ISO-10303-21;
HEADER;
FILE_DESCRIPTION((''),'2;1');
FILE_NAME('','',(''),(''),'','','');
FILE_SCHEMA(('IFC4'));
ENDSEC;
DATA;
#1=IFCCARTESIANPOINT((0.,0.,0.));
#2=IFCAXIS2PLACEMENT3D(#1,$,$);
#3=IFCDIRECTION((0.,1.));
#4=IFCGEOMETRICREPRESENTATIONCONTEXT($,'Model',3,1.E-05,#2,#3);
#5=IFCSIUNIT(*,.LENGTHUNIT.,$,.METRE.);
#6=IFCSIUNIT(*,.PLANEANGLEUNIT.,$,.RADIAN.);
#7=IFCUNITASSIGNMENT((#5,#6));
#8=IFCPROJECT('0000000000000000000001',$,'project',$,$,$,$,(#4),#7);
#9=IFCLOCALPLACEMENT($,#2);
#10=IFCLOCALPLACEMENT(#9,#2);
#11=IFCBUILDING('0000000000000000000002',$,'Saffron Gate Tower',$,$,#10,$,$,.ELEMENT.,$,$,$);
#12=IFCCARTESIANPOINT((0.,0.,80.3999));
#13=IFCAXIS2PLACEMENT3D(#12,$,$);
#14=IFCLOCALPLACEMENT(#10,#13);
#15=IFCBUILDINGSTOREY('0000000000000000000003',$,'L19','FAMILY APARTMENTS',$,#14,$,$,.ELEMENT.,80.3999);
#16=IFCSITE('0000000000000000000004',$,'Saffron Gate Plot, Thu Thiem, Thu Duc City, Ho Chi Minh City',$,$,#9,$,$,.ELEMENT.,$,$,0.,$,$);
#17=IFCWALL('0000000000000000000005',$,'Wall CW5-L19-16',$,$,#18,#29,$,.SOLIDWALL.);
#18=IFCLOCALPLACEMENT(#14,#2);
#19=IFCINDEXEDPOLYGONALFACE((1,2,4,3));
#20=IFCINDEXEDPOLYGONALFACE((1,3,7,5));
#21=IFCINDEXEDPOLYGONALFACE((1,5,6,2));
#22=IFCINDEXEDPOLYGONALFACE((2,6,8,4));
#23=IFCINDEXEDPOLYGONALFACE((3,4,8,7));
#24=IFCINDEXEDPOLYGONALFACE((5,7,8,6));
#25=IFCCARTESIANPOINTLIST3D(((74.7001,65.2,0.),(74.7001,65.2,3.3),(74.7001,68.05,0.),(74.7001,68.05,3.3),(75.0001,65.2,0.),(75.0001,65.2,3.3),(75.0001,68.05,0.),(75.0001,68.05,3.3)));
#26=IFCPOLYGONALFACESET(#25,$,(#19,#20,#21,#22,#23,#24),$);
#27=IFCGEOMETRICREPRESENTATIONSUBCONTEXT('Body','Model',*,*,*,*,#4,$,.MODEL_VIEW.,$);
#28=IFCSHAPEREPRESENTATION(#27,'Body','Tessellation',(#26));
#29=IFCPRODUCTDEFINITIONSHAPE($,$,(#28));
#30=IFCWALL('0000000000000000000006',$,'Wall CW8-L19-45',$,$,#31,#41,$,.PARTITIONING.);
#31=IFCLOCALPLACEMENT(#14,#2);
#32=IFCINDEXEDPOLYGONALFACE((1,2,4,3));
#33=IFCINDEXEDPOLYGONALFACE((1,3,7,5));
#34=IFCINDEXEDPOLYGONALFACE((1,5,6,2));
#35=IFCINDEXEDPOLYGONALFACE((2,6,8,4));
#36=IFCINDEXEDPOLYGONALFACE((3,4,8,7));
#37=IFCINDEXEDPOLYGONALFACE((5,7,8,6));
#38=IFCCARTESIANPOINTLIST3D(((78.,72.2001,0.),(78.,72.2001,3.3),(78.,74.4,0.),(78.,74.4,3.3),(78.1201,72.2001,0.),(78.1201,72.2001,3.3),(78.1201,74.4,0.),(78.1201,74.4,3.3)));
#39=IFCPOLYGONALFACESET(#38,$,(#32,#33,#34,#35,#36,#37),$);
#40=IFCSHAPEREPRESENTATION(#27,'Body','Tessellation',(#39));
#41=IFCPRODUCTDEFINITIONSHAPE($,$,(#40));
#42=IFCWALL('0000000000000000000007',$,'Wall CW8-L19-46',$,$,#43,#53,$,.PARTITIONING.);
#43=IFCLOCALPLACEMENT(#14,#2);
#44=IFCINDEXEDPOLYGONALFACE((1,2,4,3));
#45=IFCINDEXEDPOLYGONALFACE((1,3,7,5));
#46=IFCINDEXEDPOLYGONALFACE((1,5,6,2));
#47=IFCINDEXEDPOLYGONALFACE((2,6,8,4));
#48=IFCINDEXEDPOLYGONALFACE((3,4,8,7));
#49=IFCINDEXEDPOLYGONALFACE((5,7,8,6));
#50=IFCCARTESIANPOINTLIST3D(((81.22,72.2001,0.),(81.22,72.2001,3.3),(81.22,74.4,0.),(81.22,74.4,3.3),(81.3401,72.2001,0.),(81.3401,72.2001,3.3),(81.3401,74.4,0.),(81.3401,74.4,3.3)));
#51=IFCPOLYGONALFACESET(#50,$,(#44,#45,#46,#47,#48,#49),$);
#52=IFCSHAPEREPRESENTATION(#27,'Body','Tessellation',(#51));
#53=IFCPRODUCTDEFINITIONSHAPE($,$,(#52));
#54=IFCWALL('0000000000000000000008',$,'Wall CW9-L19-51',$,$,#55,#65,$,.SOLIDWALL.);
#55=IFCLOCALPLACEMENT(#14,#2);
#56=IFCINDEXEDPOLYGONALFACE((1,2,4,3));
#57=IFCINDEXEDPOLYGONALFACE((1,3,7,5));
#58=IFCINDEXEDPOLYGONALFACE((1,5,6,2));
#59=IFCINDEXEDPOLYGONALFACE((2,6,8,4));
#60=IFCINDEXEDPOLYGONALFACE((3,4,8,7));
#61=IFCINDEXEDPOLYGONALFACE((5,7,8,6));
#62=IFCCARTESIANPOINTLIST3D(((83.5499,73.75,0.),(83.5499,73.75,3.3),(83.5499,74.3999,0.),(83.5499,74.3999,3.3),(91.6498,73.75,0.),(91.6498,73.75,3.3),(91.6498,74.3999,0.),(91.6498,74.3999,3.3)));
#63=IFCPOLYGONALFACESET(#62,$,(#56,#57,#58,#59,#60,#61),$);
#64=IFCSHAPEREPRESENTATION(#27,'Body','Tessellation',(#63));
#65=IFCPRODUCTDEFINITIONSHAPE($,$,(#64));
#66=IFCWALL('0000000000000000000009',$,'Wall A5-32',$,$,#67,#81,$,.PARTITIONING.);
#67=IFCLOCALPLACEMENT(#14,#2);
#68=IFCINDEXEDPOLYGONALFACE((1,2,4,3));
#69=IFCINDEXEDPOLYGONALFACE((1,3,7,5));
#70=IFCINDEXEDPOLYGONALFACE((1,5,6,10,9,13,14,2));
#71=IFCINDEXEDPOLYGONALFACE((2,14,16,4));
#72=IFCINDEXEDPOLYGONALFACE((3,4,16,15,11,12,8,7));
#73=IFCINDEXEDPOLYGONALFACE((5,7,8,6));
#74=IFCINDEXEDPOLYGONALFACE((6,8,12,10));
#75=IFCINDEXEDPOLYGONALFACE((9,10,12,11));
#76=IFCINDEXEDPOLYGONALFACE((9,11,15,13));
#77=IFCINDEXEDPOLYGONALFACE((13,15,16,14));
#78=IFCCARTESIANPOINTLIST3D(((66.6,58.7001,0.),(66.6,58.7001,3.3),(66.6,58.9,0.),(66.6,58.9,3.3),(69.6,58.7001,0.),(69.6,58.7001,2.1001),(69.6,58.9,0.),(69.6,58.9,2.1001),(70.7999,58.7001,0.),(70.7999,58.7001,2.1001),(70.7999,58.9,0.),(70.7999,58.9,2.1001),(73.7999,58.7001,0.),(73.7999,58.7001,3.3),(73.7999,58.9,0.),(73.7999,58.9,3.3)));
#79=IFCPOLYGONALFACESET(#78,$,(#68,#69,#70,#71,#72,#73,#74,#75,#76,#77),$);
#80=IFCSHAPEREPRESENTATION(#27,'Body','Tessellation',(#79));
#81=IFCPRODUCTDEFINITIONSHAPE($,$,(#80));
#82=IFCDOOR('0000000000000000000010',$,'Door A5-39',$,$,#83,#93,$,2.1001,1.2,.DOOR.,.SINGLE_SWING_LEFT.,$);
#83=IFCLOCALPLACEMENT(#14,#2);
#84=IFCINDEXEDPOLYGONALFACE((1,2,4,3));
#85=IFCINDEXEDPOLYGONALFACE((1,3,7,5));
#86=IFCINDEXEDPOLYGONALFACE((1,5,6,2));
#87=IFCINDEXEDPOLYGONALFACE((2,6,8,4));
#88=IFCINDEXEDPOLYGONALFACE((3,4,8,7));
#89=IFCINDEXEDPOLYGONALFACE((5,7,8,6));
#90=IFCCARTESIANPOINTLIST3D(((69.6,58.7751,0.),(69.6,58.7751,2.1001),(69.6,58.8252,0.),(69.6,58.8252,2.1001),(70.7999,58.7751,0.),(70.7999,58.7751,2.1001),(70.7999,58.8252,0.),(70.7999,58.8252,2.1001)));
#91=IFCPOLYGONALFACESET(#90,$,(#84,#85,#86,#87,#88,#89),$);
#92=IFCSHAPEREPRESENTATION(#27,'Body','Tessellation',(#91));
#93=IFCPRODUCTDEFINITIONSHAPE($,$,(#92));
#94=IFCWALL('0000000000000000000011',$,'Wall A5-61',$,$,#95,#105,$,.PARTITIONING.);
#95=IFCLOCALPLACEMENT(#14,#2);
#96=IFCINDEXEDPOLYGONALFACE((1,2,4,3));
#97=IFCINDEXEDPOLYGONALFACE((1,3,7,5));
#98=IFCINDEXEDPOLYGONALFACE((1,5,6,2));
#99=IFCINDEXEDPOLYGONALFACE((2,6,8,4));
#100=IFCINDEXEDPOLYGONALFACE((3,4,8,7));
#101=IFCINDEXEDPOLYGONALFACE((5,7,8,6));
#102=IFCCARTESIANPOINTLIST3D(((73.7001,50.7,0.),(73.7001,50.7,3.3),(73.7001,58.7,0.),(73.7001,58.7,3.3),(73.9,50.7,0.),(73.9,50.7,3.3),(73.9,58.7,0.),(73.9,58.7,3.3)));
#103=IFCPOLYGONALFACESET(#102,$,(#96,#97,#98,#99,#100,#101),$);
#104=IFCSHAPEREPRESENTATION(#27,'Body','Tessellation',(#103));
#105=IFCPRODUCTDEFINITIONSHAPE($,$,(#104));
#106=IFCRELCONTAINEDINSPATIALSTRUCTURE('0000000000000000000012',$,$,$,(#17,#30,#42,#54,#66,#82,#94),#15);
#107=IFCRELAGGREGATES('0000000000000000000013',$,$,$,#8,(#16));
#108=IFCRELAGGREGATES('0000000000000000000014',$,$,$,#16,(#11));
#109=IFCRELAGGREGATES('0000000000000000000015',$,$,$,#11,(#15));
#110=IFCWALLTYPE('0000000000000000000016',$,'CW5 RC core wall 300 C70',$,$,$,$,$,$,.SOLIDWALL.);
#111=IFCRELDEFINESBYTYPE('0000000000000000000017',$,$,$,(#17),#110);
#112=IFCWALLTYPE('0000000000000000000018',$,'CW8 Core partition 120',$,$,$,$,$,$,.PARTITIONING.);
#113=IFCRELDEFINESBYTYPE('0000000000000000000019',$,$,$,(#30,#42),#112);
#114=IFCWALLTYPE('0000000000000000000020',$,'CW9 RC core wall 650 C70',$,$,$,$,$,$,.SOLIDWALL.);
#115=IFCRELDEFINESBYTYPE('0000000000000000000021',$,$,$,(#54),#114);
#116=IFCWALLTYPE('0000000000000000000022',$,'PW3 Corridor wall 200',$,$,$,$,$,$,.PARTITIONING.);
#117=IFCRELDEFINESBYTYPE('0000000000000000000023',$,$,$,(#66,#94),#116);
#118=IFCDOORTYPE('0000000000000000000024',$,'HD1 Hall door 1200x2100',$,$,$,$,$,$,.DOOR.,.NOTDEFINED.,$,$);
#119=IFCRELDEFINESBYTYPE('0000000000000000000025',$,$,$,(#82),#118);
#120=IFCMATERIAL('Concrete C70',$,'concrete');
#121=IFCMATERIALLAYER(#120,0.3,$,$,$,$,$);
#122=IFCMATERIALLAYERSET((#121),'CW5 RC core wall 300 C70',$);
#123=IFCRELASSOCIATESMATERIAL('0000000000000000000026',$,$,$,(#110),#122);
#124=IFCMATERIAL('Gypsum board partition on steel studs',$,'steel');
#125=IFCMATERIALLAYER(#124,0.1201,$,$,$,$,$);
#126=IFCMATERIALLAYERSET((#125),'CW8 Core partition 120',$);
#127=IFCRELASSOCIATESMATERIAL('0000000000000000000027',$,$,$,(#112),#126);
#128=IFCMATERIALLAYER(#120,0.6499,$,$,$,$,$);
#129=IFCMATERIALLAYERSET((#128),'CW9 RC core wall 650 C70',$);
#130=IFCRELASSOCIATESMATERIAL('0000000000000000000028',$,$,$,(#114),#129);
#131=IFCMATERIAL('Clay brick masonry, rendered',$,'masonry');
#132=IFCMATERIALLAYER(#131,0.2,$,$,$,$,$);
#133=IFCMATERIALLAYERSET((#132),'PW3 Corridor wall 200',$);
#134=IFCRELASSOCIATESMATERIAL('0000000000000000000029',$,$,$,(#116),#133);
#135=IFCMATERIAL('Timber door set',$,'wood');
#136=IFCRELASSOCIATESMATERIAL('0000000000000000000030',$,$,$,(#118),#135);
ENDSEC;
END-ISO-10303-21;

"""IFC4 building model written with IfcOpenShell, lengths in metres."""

from ifc_helpers import new_model, si_unit, direction, frame, frame_2d, origin, place, context, subcontext, project, spatial, rectangle, extrude, material, layer, layer_set, type_object, element, fill, save


model = new_model("IFC4")

# Units and contexts
model_context = context("Model", 3, precision=1e-05, world=origin(), true_north=direction((0.0, 1.0)))
body_context = subcontext(model_context, "Body", "Model", "MODEL_VIEW")
ifc_project = project(units=[si_unit("LENGTHUNIT", "METRE"), si_unit("PLANEANGLEUNIT", "RADIAN")], contexts=[model_context])

# Site, building, storey
site_placement = place(None, origin())
site = spatial("IfcSite", under=ifc_project, at=site_placement, Name="Saffron Gate Plot, Thu Thiem, Thu Duc City, Ho Chi Minh City", CompositionType="ELEMENT", RefElevation=0.0)
building_placement = place(site_placement, origin())
building = spatial("IfcBuilding", under=site, at=building_placement, Name="Saffron Gate Tower", CompositionType="ELEMENT")
storey_placement = place(building_placement, frame((0.0, 0.0, 80.3999)))
storey = spatial("IfcBuildingStorey", under=building, at=storey_placement, Name="L19", Description="FAMILY APARTMENTS", CompositionType="ELEMENT", Elevation=80.3999)

# Shared definitions
ifc_material_1 = material(Name="Concrete C70", Category="concrete")

# Walls
ifc_layer_1 = layer(ifc_material_1, 0.3)
ifc_layer_set_1 = layer_set([ifc_layer_1], Name="CW5 RC core wall 300 C70")
wall_type_1 = type_object("IfcWallType", Name="CW5 RC core wall 300 C70", PredefinedType="SOLIDWALL", material=ifc_layer_set_1)
wall_1_placement = place(storey_placement, frame((74.8501, 65.2, 0.0), z_axis=(0.0, 0.0, 1.0), x_axis=(0.0, 1.0, 0.0)))
element("IfcWall", 1, at=wall_1_placement, inside=storey, type_object=wall_type_1, Name="Wall CW5-L19-16", PredefinedType="SOLIDWALL", context=body_context, shape_type="SweptSolid", body=[
    extrude(rectangle(XDim=2.8501, YDim=0.3, at=frame_2d((1.425, 0.0))), origin(), (0.0, 0.0, 1.0), 3.3),
])
ifc_material_2 = material(Name="Gypsum board partition on steel studs", Category="steel")
ifc_layer_2 = layer(ifc_material_2, 0.1201)
ifc_layer_set_2 = layer_set([ifc_layer_2], Name="CW8 Core partition 120")
wall_type_2 = type_object("IfcWallType", Name="CW8 Core partition 120", PredefinedType="PARTITIONING", material=ifc_layer_set_2)
for number, where, z_axis, x_axis, name in (
    (2, (78.0601, 72.2, 0.0), (0.0, 0.0, 1.0), (0.0, 1.0, 0.0), "Wall CW8-L19-45"),
    (3, (81.28, 72.2, 0.0), (0.0, 0.0, 1.0), (0.0, 1.0, 0.0), "Wall CW8-L19-46"),
):
    element("IfcWall", number, at=place(storey_placement, frame(where, z_axis=z_axis, x_axis=x_axis)), inside=storey, type_object=wall_type_2, Name=name, PredefinedType="PARTITIONING", context=body_context, shape_type="SweptSolid", body=[
        extrude(rectangle(XDim=2.2, YDim=0.1201, at=frame_2d((1.1001, 0.0))), origin(), (0.0, 0.0, 1.0), 3.3),
    ])
ifc_layer_3 = layer(ifc_material_1, 0.6499)
ifc_layer_set_3 = layer_set([ifc_layer_3], Name="CW9 RC core wall 650 C70")
wall_type_3 = type_object("IfcWallType", Name="CW9 RC core wall 650 C70", PredefinedType="SOLIDWALL", material=ifc_layer_set_3)
wall_2_placement = place(storey_placement, frame((83.55, 74.075, 0.0), z_axis=(0.0, 0.0, 1.0), x_axis=(1.0, 0.0, 0.0)))
element("IfcWall", 4, at=wall_2_placement, inside=storey, type_object=wall_type_3, Name="Wall CW9-L19-51", PredefinedType="SOLIDWALL", context=body_context, shape_type="SweptSolid", body=[
    extrude(rectangle(XDim=8.0999, YDim=0.6499, at=frame_2d((4.0498, 0.0))), origin(), (0.0, 0.0, 1.0), 3.3),
])

# Wall, opening, door
ifc_material_3 = material(Name="Clay brick masonry, rendered", Category="masonry")
ifc_layer_4 = layer(ifc_material_3, 0.2)
ifc_layer_set_4 = layer_set([ifc_layer_4], Name="PW3 Corridor wall 200")
wall_type_4 = type_object("IfcWallType", Name="PW3 Corridor wall 200", PredefinedType="PARTITIONING", material=ifc_layer_set_4)
wall_3_placement = place(storey_placement, frame((73.8, 58.8, 0.0), z_axis=(0.0, 0.0, 1.0), x_axis=(-1.0, 0.0, 0.0)))
wall_3 = element("IfcWall", 5, at=wall_3_placement, inside=storey, type_object=wall_type_4, Name="Wall A5-32", PredefinedType="PARTITIONING", context=body_context, shape_type="SweptSolid", body=[
    extrude(rectangle(XDim=7.2, YDim=0.2, at=frame_2d((3.6001, 0.0))), origin(), (0.0, 0.0, 1.0), 3.3),
])
opening_1_placement = place(wall_3_placement, frame((3.0, 0.0, 0.0)))
opening_1 = element("IfcOpeningElement", 6, at=opening_1_placement, cuts=wall_3, PredefinedType="OPENING", context=body_context, shape_type="SweptSolid", body=[
    extrude(rectangle(XDim=1.2, YDim=2.1001, at=frame_2d((0.6001, 1.05))), frame((0.0, 0.1099, 0.0), z_axis=(0.0, -1.0, 0.0), x_axis=(1.0, 0.0, 0.0)), (0.0, 0.0, 1.0), 0.22),
])
ifc_material_4 = material(Name="Timber door set", Category="wood")
door_type_1 = type_object("IfcDoorType", Name="HD1 Hall door 1200x2100", OperationType="NOTDEFINED", PredefinedType="DOOR", material=ifc_material_4)
door_1_placement = place(opening_1_placement, origin())
door_1 = element("IfcDoor", 7, at=door_1_placement, inside=storey, type_object=door_type_1, Name="Door A5-39", OperationType="SINGLE_SWING_LEFT", OverallHeight=2.1001, OverallWidth=1.2, PredefinedType="DOOR", context=body_context, shape_type="SweptSolid", body=[
    extrude(rectangle(XDim=1.2, YDim=2.1001, at=frame_2d((0.6001, 1.05))), frame((0.0, 0.0249, 0.0), z_axis=(0.0, -1.0, 0.0), x_axis=(1.0, 0.0, 0.0)), (0.0, 0.0, 1.0), 0.05),
])
fill(opening_1, door_1)

# Wall
wall_4_placement = place(storey_placement, frame((73.8, 58.7, 0.0), z_axis=(0.0, 0.0, 1.0), x_axis=(0.0, -1.0, 0.0)))
element("IfcWall", 8, at=wall_4_placement, inside=storey, type_object=wall_type_4, Name="Wall A5-61", PredefinedType="PARTITIONING", context=body_context, shape_type="SweptSolid", body=[
    extrude(rectangle(XDim=8.0, YDim=0.2, at=frame_2d((4.0, 0.0))), origin(), (0.0, 0.0, 1.0), 3.3),
])

save(model, "model.ifc")
